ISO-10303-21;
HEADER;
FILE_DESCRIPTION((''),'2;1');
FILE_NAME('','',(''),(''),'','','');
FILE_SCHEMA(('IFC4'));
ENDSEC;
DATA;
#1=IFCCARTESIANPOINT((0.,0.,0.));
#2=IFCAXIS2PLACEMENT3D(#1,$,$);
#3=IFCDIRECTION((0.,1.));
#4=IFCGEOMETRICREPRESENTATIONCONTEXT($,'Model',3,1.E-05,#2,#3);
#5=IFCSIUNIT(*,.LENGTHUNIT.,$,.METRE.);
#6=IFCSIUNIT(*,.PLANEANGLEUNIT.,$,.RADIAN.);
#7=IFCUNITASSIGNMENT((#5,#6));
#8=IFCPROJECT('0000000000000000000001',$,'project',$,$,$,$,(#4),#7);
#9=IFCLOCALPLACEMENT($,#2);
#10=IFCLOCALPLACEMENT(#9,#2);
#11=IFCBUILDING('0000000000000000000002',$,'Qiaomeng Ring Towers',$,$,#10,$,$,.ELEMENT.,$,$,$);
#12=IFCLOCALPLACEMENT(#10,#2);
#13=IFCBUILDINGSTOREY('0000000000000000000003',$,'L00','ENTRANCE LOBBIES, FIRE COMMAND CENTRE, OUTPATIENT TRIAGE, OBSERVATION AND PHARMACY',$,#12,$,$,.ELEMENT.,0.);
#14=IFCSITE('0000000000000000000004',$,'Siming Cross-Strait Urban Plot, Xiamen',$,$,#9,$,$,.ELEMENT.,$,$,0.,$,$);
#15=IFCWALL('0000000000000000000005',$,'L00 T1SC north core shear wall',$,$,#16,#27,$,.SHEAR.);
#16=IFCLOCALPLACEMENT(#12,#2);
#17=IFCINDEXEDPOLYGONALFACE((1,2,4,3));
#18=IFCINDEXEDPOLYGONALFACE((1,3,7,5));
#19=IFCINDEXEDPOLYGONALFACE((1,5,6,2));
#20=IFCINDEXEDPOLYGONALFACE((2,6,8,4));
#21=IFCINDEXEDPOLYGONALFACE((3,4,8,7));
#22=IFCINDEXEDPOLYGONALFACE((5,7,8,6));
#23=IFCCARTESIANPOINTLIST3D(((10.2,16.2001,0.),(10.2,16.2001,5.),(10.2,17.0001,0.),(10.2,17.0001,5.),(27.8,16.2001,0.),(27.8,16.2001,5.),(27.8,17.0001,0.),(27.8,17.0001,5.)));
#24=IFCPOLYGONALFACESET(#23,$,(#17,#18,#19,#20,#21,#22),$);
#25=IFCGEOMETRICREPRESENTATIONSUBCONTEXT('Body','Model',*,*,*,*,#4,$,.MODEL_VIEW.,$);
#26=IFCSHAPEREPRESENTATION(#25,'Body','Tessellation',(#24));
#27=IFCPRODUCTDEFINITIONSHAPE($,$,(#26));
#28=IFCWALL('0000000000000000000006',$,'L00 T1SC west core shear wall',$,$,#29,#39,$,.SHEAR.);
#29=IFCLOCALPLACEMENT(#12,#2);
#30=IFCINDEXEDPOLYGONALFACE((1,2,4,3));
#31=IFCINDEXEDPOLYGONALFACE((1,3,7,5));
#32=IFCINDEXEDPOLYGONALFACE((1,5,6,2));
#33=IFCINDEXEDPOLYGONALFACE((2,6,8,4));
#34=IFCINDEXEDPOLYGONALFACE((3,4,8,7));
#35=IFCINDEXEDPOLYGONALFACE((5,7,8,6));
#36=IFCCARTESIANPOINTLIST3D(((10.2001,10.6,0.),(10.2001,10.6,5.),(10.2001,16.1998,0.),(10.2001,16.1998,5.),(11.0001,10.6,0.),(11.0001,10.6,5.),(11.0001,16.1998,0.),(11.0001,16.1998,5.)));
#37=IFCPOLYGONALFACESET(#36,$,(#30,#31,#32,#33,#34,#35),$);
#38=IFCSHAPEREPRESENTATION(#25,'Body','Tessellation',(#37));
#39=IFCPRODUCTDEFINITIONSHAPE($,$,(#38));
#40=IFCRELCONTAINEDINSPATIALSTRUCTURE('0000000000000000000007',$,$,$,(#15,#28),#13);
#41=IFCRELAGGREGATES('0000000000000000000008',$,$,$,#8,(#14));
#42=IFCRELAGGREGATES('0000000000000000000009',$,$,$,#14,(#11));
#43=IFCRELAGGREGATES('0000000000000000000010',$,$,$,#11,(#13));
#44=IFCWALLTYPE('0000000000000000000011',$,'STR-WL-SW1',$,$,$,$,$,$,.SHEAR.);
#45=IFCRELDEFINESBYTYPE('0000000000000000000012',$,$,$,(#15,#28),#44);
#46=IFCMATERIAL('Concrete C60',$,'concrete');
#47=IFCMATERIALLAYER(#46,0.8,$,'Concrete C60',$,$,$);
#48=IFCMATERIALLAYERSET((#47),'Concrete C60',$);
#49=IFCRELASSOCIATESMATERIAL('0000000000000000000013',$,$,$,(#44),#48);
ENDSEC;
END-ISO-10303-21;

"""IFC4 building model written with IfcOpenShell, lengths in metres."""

from ifc_helpers import new_model, si_unit, direction, frame, frame_2d, origin, place, context, subcontext, project, spatial, rectangle, extrude, material, layer, layer_set, type_object, element, save


model = new_model("IFC4")

# Units and contexts
model_context = context("Model", 3, precision=1e-05, world=origin(), true_north=direction((0.0, 1.0)))
body_context = subcontext(model_context, "Body", "Model", "MODEL_VIEW")
ifc_project = project(units=[si_unit("LENGTHUNIT", "METRE"), si_unit("PLANEANGLEUNIT", "RADIAN")], contexts=[model_context])

# Site, building, storey
site_placement = place(None, origin())
site = spatial("IfcSite", under=ifc_project, at=site_placement, Name="Siming Cross-Strait Urban Plot, Xiamen", CompositionType="ELEMENT", RefElevation=0.0)
building_placement = place(site_placement, origin())
building = spatial("IfcBuilding", under=site, at=building_placement, Name="Qiaomeng Ring Towers", CompositionType="ELEMENT")
storey_placement = place(building_placement, origin())
storey = spatial("IfcBuildingStorey", under=building, at=storey_placement, Name="L00", Description="ENTRANCE LOBBIES, FIRE COMMAND CENTRE, OUTPATIENT TRIAGE, OBSERVATION AND PHARMACY", CompositionType="ELEMENT", Elevation=0.0)

# Shared definitions
ifc_material_1 = material(Name="Concrete C60", Category="concrete")

# Shared definitions
ifc_layer_1 = layer(ifc_material_1, 0.8, Name="Concrete C60")
ifc_layer_set_1 = layer_set([ifc_layer_1], Name="Concrete C60")
wall_type_1 = type_object("IfcWallType", Name="STR-WL-SW1", PredefinedType="SHEAR", material=ifc_layer_set_1)

# Walls
wall_1_placement = place(storey_placement, frame((10.2, 16.6001, 0.0), z_axis=(0.0, 0.0, 1.0), x_axis=(1.0, 0.0, 0.0)))
element("IfcWall", 1, at=wall_1_placement, inside=storey, type_object=wall_type_1, Name="L00 T1SC north core shear wall", PredefinedType="SHEAR", context=body_context, shape_type="SweptSolid", body=[
    extrude(rectangle(XDim=17.6001, YDim=0.8, at=frame_2d((8.8, 0.0))), origin(), (0.0, 0.0, 1.0), 5.0),
])
wall_2_placement = place(storey_placement, frame((10.6001, 10.6001, 0.0), z_axis=(0.0, 0.0, 1.0), x_axis=(0.0, 1.0, 0.0)))
element("IfcWall", 2, at=wall_2_placement, inside=storey, type_object=wall_type_1, Name="L00 T1SC west core shear wall", PredefinedType="SHEAR", context=body_context, shape_type="SweptSolid", body=[
    extrude(rectangle(XDim=5.5999, YDim=0.8, at=frame_2d((2.7998, 0.0))), origin(), (0.0, 0.0, 1.0), 5.0),
])

save(model, "model.ifc")
